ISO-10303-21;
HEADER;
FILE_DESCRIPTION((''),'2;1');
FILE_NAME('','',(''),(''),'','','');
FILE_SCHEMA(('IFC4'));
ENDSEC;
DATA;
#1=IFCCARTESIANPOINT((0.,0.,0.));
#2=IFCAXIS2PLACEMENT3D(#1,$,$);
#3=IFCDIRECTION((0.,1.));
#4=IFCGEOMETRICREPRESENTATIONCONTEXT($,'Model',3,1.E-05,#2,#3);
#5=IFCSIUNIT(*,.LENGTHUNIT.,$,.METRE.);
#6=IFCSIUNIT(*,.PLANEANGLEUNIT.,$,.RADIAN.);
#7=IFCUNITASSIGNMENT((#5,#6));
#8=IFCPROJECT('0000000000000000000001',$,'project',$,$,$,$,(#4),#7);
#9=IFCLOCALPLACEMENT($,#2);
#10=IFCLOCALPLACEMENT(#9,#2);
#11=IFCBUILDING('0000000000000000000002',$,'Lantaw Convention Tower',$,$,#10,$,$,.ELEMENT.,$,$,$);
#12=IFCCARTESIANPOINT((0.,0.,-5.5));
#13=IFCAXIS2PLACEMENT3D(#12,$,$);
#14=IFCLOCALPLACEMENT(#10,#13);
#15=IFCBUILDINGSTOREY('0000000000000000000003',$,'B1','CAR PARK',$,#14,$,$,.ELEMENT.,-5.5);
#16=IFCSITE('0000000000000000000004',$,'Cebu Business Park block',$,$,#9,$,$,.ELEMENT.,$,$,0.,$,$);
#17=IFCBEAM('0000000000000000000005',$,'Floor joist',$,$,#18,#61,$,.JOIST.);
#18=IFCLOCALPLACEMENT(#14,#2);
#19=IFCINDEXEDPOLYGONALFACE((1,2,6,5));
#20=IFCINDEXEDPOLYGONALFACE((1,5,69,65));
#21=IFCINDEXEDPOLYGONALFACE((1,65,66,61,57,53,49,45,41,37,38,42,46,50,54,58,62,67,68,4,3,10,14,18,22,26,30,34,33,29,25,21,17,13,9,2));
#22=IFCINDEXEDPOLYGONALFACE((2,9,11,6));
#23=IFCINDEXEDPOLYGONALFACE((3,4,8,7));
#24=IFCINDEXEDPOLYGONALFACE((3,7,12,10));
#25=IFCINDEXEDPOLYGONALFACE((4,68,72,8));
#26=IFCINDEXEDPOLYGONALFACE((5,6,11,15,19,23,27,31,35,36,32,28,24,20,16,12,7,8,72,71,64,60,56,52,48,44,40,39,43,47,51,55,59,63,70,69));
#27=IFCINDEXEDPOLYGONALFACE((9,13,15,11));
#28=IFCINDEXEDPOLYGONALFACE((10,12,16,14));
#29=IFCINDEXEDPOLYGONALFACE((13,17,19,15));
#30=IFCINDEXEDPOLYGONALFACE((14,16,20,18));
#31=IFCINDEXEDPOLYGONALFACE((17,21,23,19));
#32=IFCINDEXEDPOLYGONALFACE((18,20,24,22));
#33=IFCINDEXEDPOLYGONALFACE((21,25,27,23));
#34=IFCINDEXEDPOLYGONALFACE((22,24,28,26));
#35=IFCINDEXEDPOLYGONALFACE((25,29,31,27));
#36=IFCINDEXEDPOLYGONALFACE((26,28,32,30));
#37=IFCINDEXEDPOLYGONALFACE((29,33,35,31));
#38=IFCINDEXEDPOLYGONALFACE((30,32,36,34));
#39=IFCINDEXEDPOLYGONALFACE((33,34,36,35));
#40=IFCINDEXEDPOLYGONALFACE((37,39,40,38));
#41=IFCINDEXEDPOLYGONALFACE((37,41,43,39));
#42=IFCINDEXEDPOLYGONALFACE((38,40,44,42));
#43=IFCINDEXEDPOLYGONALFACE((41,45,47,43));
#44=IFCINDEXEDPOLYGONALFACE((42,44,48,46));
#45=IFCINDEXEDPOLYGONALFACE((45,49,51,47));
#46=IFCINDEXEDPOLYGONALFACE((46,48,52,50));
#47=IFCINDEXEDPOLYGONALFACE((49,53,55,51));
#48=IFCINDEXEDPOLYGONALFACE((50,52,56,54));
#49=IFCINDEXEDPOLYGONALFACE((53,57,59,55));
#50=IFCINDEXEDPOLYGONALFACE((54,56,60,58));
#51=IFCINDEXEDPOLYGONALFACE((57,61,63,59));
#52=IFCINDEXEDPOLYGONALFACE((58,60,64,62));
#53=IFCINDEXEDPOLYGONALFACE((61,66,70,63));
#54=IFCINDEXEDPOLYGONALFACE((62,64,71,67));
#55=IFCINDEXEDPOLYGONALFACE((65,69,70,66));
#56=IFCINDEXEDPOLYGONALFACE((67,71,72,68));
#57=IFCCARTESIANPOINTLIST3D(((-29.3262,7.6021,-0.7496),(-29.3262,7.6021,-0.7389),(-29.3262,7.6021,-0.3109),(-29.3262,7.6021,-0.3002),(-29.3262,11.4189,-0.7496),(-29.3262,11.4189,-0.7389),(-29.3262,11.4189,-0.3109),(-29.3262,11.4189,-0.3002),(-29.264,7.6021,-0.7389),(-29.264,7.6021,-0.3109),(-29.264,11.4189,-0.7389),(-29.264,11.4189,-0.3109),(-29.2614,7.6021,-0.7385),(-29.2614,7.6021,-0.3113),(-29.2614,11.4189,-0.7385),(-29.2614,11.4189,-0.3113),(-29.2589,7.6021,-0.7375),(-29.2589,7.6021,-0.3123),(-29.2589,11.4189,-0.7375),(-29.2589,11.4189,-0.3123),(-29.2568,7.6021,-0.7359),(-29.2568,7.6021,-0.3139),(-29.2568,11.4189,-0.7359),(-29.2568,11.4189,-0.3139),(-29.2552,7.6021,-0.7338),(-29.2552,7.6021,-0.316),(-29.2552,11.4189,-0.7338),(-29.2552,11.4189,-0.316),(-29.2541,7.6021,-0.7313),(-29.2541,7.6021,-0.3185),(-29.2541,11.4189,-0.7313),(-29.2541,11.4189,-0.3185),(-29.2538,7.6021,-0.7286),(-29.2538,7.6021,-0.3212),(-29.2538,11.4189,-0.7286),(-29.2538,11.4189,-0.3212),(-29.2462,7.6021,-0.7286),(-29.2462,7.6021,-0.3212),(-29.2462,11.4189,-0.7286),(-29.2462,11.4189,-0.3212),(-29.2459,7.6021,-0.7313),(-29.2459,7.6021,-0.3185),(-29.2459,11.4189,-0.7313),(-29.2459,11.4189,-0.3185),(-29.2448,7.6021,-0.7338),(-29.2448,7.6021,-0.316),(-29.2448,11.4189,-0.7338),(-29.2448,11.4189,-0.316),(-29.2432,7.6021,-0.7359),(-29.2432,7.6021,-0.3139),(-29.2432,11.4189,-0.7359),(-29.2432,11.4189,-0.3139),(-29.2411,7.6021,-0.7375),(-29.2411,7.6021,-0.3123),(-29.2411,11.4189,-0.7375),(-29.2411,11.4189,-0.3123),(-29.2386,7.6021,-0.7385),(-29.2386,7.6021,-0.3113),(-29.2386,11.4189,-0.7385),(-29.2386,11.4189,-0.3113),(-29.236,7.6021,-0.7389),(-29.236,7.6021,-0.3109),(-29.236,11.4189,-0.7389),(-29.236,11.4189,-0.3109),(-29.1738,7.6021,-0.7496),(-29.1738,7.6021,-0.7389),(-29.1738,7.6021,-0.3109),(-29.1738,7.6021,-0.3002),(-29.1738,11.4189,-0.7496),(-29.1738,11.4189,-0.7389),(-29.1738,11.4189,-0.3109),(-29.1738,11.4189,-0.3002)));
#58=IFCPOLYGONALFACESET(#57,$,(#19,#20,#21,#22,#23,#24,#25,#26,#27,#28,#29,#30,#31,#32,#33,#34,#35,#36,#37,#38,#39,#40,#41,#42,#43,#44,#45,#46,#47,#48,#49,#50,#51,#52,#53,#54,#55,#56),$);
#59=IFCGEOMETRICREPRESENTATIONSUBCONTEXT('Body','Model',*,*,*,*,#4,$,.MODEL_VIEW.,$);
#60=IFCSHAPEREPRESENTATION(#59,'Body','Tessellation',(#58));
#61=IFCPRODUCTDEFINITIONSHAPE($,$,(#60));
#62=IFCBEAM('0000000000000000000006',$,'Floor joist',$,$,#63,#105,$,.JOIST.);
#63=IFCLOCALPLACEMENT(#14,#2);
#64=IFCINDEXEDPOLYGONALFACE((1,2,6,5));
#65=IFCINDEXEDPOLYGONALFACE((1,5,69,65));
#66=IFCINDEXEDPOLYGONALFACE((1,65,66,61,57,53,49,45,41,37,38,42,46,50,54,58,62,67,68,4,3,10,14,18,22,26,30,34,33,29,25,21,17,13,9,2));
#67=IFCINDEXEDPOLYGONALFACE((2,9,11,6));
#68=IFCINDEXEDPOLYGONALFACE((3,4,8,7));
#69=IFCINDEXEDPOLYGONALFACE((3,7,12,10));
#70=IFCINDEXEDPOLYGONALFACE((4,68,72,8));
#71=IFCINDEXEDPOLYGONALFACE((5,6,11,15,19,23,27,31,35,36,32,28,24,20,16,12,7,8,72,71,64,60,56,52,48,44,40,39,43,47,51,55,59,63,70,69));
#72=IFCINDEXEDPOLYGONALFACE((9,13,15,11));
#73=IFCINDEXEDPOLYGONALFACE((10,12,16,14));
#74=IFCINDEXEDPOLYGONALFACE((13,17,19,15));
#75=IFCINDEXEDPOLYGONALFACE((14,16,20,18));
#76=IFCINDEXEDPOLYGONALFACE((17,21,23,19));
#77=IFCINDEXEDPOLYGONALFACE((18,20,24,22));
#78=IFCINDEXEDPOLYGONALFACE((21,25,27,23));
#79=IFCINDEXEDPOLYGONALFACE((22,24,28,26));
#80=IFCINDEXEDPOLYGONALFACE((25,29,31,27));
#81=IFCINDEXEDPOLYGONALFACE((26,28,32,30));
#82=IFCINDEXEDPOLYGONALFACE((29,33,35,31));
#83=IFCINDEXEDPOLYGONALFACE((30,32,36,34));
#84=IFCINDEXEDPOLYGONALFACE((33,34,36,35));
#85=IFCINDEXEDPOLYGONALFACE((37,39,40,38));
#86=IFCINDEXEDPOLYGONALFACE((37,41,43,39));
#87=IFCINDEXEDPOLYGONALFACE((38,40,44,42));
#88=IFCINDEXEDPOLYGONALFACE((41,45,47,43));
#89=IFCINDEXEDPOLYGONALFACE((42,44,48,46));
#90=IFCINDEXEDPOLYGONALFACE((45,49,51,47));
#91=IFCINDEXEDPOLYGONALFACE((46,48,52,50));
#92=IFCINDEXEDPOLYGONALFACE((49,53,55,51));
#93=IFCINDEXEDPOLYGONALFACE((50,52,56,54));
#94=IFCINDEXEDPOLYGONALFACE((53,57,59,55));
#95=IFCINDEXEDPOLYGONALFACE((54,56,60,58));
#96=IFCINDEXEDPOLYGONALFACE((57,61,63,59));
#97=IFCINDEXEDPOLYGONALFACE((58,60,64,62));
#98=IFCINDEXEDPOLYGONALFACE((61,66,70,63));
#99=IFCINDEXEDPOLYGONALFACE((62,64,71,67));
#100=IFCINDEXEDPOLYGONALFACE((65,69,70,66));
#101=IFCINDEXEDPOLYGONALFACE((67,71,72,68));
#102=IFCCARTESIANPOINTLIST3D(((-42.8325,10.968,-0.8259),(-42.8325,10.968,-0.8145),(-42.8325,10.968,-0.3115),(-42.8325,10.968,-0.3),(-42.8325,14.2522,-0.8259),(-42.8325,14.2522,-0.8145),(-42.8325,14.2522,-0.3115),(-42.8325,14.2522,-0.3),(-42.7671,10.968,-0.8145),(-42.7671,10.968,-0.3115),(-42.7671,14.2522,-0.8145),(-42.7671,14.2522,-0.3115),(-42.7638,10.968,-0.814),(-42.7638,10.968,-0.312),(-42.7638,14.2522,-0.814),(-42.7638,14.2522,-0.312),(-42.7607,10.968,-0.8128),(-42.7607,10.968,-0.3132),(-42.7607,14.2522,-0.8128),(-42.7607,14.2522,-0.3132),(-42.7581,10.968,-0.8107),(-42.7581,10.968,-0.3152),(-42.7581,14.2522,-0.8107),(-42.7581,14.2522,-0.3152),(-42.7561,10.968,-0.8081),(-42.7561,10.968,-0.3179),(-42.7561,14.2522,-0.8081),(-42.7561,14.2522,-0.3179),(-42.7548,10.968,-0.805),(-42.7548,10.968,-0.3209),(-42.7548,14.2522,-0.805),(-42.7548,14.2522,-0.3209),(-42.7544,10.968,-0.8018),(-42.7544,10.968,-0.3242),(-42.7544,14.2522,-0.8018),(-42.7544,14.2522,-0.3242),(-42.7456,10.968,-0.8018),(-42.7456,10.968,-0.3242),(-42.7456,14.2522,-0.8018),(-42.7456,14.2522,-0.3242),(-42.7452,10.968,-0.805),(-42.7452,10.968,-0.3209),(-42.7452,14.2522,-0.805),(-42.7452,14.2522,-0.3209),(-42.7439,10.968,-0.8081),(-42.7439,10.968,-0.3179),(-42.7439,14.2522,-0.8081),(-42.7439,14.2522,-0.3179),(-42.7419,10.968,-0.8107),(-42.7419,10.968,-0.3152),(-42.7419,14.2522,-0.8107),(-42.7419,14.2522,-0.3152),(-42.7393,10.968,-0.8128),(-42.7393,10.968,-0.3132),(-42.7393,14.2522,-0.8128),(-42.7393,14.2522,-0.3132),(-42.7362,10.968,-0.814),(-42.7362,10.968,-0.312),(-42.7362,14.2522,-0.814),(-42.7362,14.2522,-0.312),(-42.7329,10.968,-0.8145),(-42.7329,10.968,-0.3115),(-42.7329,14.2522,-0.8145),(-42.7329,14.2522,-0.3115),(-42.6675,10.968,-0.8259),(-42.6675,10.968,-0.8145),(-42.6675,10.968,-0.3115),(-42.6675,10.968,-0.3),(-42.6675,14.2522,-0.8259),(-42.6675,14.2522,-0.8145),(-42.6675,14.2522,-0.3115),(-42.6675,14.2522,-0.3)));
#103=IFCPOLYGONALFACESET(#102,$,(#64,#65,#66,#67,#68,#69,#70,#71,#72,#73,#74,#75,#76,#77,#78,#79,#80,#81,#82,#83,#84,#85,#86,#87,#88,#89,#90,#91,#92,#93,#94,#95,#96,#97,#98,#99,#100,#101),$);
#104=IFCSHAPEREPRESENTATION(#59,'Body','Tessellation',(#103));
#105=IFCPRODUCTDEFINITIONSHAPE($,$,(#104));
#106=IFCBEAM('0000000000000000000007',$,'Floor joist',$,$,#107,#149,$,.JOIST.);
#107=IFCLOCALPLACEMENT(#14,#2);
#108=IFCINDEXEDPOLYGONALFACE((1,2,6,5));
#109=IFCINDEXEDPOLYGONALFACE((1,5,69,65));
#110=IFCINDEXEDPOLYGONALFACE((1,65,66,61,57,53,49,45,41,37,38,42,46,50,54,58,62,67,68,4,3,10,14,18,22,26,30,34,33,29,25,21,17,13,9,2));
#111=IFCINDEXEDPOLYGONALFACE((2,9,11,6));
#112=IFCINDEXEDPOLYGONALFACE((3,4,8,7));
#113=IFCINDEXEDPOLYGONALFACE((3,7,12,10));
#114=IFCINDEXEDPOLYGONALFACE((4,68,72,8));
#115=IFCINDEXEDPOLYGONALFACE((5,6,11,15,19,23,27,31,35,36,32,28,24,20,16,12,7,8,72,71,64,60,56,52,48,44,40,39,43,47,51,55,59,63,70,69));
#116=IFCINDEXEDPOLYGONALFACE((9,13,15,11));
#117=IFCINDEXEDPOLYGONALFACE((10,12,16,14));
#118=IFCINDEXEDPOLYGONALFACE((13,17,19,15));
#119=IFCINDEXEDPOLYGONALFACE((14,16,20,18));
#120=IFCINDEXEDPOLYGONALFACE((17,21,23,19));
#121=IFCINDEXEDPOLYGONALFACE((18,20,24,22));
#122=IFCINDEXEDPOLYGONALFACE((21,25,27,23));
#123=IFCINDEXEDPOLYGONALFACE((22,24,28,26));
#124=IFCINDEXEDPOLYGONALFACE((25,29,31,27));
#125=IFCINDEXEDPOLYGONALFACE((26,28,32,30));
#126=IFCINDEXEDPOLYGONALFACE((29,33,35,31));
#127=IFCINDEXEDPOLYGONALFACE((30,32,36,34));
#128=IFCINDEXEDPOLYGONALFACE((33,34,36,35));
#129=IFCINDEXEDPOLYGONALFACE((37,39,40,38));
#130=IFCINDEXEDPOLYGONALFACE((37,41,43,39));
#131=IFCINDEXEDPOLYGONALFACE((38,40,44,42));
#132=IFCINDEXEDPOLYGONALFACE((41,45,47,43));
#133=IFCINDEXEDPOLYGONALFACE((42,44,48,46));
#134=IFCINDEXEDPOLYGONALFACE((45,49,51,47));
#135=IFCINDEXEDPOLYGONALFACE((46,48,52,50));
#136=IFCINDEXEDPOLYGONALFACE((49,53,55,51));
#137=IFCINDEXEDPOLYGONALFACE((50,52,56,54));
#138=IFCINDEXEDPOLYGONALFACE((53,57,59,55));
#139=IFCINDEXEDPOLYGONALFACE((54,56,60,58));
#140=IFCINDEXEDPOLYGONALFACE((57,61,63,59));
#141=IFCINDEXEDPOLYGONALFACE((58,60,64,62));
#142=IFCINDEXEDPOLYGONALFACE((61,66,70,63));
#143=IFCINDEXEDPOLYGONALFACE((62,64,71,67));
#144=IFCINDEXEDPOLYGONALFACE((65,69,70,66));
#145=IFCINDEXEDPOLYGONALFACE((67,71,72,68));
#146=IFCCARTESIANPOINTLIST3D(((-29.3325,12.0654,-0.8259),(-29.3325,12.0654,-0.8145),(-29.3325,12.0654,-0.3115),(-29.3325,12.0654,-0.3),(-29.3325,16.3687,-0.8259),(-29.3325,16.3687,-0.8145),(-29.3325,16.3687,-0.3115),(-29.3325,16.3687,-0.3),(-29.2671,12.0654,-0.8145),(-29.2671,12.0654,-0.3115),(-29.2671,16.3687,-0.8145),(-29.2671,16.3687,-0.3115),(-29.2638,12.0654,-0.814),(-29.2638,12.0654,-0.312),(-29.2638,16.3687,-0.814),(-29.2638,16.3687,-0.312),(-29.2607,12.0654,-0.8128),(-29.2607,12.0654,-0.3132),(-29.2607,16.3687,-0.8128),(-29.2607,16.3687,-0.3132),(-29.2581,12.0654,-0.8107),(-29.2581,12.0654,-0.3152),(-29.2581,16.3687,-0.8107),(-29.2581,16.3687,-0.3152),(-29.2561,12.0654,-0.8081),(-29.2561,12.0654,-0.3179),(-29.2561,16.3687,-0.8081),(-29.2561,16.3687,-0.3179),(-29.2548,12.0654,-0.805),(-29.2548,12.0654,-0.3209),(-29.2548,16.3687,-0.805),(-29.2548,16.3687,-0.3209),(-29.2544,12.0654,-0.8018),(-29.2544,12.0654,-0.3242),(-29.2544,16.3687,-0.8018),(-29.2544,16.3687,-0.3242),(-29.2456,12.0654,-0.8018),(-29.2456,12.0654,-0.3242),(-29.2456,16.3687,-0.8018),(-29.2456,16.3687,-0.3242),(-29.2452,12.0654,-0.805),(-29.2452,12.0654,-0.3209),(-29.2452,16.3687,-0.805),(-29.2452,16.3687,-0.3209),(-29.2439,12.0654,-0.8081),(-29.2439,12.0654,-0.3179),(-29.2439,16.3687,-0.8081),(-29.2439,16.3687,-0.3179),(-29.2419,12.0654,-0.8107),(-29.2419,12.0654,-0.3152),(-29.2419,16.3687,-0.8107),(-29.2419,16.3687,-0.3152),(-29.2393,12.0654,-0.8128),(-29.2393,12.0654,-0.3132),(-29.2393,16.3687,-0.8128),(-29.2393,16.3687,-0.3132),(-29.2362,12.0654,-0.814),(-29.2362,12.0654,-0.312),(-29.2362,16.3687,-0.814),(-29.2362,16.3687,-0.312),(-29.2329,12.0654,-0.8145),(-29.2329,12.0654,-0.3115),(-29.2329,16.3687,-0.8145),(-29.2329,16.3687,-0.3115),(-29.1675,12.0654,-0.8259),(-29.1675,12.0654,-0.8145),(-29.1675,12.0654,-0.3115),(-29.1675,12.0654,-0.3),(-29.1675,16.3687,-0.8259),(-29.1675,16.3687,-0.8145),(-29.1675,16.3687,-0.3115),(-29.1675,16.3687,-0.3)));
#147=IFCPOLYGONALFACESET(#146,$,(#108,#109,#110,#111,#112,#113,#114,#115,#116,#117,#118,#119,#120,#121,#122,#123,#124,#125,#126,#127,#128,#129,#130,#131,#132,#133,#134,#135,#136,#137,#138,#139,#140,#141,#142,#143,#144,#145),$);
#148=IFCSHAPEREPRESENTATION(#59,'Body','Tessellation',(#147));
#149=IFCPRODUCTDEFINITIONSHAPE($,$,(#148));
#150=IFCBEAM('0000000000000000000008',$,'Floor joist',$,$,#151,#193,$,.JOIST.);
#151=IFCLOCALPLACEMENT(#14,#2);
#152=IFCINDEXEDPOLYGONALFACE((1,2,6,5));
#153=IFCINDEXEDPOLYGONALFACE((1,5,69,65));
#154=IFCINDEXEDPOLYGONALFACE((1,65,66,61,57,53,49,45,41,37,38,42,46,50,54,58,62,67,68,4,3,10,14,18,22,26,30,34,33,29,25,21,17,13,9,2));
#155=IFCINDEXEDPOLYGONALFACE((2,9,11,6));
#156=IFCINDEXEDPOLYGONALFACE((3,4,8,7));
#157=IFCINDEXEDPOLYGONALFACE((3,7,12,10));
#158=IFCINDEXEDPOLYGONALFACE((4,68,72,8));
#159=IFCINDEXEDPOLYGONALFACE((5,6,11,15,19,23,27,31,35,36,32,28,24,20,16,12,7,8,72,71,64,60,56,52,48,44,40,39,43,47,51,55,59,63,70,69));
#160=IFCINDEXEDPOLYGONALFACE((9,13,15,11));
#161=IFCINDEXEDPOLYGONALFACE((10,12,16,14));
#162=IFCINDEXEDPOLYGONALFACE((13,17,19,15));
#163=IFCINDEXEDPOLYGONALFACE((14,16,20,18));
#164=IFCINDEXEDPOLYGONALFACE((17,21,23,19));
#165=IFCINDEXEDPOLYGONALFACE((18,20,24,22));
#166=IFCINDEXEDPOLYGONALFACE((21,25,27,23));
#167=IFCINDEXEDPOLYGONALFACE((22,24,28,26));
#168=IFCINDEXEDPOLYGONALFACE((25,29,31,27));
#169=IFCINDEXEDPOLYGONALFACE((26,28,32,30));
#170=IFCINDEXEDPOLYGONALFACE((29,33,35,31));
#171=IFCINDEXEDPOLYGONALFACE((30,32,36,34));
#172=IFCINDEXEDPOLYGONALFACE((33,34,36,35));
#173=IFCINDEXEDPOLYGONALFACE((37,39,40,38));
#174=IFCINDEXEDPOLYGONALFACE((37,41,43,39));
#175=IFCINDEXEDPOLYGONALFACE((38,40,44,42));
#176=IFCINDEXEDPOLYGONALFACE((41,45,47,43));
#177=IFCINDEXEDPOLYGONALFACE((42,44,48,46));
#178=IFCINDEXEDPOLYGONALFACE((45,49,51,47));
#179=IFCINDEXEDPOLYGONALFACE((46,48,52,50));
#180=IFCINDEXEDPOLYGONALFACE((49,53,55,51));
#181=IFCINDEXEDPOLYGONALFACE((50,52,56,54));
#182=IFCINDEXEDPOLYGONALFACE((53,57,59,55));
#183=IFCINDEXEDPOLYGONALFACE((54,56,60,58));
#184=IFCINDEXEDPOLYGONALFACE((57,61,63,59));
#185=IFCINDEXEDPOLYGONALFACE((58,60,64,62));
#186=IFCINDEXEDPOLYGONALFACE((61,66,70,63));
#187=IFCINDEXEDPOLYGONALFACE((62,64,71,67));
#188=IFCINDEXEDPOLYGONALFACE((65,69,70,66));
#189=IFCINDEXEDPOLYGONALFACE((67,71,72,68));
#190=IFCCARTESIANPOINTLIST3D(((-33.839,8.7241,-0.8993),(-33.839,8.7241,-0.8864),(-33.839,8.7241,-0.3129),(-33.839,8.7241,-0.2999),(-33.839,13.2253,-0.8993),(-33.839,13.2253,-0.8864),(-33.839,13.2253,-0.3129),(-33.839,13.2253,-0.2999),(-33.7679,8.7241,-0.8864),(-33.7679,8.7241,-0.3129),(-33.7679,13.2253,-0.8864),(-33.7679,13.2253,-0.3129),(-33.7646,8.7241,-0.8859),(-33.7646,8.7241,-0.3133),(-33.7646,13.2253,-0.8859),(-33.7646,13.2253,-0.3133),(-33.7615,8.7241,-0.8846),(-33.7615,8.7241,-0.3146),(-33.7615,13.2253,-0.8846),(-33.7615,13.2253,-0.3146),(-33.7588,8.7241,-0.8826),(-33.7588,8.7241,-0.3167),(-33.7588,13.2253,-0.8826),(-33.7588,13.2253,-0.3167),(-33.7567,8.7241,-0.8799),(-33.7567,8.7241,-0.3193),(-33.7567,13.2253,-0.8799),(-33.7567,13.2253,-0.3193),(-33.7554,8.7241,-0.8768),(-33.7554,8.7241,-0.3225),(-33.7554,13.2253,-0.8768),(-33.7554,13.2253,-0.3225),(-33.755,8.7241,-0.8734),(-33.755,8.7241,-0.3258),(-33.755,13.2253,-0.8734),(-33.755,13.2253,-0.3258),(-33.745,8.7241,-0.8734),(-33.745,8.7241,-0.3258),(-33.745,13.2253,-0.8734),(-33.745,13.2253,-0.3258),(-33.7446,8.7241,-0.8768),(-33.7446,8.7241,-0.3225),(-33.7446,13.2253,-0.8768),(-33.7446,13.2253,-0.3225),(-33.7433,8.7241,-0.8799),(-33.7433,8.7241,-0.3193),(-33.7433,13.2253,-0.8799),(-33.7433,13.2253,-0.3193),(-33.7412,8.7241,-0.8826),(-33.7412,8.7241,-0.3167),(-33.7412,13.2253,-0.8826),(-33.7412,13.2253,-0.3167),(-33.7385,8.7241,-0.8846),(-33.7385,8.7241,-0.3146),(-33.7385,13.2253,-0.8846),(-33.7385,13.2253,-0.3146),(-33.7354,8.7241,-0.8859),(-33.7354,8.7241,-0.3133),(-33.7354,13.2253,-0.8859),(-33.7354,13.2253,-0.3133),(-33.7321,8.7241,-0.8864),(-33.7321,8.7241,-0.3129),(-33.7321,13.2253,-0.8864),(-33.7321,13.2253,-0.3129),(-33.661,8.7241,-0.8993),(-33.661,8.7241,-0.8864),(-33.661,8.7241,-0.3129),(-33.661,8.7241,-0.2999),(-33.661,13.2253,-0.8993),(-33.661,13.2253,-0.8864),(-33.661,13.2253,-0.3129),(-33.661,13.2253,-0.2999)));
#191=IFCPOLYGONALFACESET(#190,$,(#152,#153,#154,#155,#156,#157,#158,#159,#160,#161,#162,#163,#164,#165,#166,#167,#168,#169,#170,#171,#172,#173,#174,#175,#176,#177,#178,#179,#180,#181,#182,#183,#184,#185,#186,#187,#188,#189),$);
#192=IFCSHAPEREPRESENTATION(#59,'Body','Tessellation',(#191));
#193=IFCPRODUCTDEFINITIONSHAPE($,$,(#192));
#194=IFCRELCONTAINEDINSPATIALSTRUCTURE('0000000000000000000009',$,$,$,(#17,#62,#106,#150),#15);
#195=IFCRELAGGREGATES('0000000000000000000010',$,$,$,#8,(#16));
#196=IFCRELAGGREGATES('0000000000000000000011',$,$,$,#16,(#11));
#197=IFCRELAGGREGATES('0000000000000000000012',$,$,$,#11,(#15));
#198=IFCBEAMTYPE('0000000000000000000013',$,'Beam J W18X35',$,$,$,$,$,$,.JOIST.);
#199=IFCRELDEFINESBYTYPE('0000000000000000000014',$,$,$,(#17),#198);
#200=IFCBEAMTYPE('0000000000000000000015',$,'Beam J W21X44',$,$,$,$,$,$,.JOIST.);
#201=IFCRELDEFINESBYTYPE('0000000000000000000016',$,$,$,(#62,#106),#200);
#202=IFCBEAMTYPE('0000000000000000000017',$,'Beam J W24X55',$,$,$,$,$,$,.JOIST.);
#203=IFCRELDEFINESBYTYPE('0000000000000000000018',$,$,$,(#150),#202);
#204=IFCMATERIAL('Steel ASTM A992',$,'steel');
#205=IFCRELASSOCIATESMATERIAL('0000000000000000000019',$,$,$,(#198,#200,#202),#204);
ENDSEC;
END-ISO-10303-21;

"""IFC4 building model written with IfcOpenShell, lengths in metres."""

from ifc_helpers import new_model, si_unit, direction, frame, origin, origin_2d, place, context, subcontext, project, spatial, i_section, extrude, material, material_profile, profile_set, type_object, element, save


model = new_model("IFC4")

# Units and contexts
model_context = context("Model", 3, precision=1e-05, world=origin(), true_north=direction((0.0, 1.0)))
body_context = subcontext(model_context, "Body", "Model", "MODEL_VIEW")
ifc_project = project(units=[si_unit("LENGTHUNIT", "METRE"), si_unit("PLANEANGLEUNIT", "RADIAN")], contexts=[model_context])

# Site, building, storey
site_placement = place(None, origin())
site = spatial("IfcSite", under=ifc_project, at=site_placement, Name="Cebu Business Park block", CompositionType="ELEMENT", RefElevation=0.0)
building_placement = place(site_placement, origin())
building = spatial("IfcBuilding", under=site, at=building_placement, Name="Lantaw Convention Tower", CompositionType="ELEMENT")
storey_placement = place(building_placement, frame((0.0, 0.0, -5.5)))
storey = spatial("IfcBuildingStorey", under=building, at=storey_placement, Name="B1", Description="CAR PARK", CompositionType="ELEMENT", Elevation=-5.5)

# Beams
ifc_material_1 = material(Name="Steel ASTM A992", Category="steel")
ifc_material_profile_1 = material_profile(ifc_material_1, i_section(OverallWidth=0.1523, OverallDepth=0.4495, WebThickness=0.0076, FlangeThickness=0.0107, FilletRadius=0.0103, at=origin_2d()), Name="W18X35")
ifc_profile_set_1 = profile_set([ifc_material_profile_1], Name="Steel ASTM A992")
beam_type_1 = type_object("IfcBeamType", Name="Beam J W18X35", PredefinedType="JOIST", material=ifc_profile_set_1)
beam_1_placement = place(storey_placement, frame((-29.25, 7.6021, -0.5249), z_axis=(0.0, 1.0, 0.0), x_axis=(-1.0, 0.0, 0.0)))
element("IfcBeam", 1, at=beam_1_placement, inside=storey, type_object=beam_type_1, Name="Floor joist", PredefinedType="JOIST", context=body_context, shape_type="SweptSolid", body=[
    extrude(i_section(OverallWidth=0.1523, OverallDepth=0.4495, WebThickness=0.0076, FlangeThickness=0.0107, FilletRadius=0.0103, at=origin_2d()), origin(), (0.0, 0.0, 1.0), 3.8169),
])
ifc_material_profile_2 = material_profile(ifc_material_1, i_section(OverallWidth=0.165, OverallDepth=0.5259, WebThickness=0.0088, FlangeThickness=0.0115, FilletRadius=0.0127, at=origin_2d()), Name="W21X44")
ifc_profile_set_2 = profile_set([ifc_material_profile_2], Name="Steel ASTM A992")
beam_type_2 = type_object("IfcBeamType", Name="Beam J W21X44", PredefinedType="JOIST", material=ifc_profile_set_2)
beam_2_placement = place(storey_placement, frame((-42.75, 10.968, -0.563), z_axis=(0.0, 1.0, 0.0), x_axis=(-1.0, 0.0, 0.0)))
element("IfcBeam", 2, at=beam_2_placement, inside=storey, type_object=beam_type_2, Name="Floor joist", PredefinedType="JOIST", context=body_context, shape_type="SweptSolid", body=[
    extrude(i_section(OverallWidth=0.165, OverallDepth=0.5259, WebThickness=0.0088, FlangeThickness=0.0115, FilletRadius=0.0127, at=origin_2d()), origin(), (0.0, 0.0, 1.0), 3.2842),
])
beam_3_placement = place(storey_placement, frame((-29.25, 12.0654, -0.563), z_axis=(0.0, 1.0, 0.0), x_axis=(-1.0, 0.0, 0.0)))
element("IfcBeam", 3, at=beam_3_placement, inside=storey, type_object=beam_type_2, Name="Floor joist", PredefinedType="JOIST", context=body_context, shape_type="SweptSolid", body=[
    extrude(i_section(OverallWidth=0.165, OverallDepth=0.5259, WebThickness=0.0088, FlangeThickness=0.0115, FilletRadius=0.0127, at=origin_2d()), origin(), (0.0, 0.0, 1.0), 4.3032),
])
ifc_material_profile_3 = material_profile(ifc_material_1, i_section(OverallWidth=0.178, OverallDepth=0.5994, WebThickness=0.01, FlangeThickness=0.0129, FilletRadius=0.0129, at=origin_2d()), Name="W24X55")
ifc_profile_set_3 = profile_set([ifc_material_profile_3], Name="Steel ASTM A992")
beam_type_3 = type_object("IfcBeamType", Name="Beam J W24X55", PredefinedType="JOIST", material=ifc_profile_set_3)
beam_4_placement = place(storey_placement, frame((-33.75, 8.7241, -0.5996), z_axis=(0.0, 1.0, 0.0), x_axis=(-1.0, 0.0, 0.0)))
element("IfcBeam", 4, at=beam_4_placement, inside=storey, type_object=beam_type_3, Name="Floor joist", PredefinedType="JOIST", context=body_context, shape_type="SweptSolid", body=[
    extrude(i_section(OverallWidth=0.178, OverallDepth=0.5994, WebThickness=0.01, FlangeThickness=0.0129, FilletRadius=0.0129, at=origin_2d()), origin(), (0.0, 0.0, 1.0), 4.5012),
])

save(model, "model.ifc")
